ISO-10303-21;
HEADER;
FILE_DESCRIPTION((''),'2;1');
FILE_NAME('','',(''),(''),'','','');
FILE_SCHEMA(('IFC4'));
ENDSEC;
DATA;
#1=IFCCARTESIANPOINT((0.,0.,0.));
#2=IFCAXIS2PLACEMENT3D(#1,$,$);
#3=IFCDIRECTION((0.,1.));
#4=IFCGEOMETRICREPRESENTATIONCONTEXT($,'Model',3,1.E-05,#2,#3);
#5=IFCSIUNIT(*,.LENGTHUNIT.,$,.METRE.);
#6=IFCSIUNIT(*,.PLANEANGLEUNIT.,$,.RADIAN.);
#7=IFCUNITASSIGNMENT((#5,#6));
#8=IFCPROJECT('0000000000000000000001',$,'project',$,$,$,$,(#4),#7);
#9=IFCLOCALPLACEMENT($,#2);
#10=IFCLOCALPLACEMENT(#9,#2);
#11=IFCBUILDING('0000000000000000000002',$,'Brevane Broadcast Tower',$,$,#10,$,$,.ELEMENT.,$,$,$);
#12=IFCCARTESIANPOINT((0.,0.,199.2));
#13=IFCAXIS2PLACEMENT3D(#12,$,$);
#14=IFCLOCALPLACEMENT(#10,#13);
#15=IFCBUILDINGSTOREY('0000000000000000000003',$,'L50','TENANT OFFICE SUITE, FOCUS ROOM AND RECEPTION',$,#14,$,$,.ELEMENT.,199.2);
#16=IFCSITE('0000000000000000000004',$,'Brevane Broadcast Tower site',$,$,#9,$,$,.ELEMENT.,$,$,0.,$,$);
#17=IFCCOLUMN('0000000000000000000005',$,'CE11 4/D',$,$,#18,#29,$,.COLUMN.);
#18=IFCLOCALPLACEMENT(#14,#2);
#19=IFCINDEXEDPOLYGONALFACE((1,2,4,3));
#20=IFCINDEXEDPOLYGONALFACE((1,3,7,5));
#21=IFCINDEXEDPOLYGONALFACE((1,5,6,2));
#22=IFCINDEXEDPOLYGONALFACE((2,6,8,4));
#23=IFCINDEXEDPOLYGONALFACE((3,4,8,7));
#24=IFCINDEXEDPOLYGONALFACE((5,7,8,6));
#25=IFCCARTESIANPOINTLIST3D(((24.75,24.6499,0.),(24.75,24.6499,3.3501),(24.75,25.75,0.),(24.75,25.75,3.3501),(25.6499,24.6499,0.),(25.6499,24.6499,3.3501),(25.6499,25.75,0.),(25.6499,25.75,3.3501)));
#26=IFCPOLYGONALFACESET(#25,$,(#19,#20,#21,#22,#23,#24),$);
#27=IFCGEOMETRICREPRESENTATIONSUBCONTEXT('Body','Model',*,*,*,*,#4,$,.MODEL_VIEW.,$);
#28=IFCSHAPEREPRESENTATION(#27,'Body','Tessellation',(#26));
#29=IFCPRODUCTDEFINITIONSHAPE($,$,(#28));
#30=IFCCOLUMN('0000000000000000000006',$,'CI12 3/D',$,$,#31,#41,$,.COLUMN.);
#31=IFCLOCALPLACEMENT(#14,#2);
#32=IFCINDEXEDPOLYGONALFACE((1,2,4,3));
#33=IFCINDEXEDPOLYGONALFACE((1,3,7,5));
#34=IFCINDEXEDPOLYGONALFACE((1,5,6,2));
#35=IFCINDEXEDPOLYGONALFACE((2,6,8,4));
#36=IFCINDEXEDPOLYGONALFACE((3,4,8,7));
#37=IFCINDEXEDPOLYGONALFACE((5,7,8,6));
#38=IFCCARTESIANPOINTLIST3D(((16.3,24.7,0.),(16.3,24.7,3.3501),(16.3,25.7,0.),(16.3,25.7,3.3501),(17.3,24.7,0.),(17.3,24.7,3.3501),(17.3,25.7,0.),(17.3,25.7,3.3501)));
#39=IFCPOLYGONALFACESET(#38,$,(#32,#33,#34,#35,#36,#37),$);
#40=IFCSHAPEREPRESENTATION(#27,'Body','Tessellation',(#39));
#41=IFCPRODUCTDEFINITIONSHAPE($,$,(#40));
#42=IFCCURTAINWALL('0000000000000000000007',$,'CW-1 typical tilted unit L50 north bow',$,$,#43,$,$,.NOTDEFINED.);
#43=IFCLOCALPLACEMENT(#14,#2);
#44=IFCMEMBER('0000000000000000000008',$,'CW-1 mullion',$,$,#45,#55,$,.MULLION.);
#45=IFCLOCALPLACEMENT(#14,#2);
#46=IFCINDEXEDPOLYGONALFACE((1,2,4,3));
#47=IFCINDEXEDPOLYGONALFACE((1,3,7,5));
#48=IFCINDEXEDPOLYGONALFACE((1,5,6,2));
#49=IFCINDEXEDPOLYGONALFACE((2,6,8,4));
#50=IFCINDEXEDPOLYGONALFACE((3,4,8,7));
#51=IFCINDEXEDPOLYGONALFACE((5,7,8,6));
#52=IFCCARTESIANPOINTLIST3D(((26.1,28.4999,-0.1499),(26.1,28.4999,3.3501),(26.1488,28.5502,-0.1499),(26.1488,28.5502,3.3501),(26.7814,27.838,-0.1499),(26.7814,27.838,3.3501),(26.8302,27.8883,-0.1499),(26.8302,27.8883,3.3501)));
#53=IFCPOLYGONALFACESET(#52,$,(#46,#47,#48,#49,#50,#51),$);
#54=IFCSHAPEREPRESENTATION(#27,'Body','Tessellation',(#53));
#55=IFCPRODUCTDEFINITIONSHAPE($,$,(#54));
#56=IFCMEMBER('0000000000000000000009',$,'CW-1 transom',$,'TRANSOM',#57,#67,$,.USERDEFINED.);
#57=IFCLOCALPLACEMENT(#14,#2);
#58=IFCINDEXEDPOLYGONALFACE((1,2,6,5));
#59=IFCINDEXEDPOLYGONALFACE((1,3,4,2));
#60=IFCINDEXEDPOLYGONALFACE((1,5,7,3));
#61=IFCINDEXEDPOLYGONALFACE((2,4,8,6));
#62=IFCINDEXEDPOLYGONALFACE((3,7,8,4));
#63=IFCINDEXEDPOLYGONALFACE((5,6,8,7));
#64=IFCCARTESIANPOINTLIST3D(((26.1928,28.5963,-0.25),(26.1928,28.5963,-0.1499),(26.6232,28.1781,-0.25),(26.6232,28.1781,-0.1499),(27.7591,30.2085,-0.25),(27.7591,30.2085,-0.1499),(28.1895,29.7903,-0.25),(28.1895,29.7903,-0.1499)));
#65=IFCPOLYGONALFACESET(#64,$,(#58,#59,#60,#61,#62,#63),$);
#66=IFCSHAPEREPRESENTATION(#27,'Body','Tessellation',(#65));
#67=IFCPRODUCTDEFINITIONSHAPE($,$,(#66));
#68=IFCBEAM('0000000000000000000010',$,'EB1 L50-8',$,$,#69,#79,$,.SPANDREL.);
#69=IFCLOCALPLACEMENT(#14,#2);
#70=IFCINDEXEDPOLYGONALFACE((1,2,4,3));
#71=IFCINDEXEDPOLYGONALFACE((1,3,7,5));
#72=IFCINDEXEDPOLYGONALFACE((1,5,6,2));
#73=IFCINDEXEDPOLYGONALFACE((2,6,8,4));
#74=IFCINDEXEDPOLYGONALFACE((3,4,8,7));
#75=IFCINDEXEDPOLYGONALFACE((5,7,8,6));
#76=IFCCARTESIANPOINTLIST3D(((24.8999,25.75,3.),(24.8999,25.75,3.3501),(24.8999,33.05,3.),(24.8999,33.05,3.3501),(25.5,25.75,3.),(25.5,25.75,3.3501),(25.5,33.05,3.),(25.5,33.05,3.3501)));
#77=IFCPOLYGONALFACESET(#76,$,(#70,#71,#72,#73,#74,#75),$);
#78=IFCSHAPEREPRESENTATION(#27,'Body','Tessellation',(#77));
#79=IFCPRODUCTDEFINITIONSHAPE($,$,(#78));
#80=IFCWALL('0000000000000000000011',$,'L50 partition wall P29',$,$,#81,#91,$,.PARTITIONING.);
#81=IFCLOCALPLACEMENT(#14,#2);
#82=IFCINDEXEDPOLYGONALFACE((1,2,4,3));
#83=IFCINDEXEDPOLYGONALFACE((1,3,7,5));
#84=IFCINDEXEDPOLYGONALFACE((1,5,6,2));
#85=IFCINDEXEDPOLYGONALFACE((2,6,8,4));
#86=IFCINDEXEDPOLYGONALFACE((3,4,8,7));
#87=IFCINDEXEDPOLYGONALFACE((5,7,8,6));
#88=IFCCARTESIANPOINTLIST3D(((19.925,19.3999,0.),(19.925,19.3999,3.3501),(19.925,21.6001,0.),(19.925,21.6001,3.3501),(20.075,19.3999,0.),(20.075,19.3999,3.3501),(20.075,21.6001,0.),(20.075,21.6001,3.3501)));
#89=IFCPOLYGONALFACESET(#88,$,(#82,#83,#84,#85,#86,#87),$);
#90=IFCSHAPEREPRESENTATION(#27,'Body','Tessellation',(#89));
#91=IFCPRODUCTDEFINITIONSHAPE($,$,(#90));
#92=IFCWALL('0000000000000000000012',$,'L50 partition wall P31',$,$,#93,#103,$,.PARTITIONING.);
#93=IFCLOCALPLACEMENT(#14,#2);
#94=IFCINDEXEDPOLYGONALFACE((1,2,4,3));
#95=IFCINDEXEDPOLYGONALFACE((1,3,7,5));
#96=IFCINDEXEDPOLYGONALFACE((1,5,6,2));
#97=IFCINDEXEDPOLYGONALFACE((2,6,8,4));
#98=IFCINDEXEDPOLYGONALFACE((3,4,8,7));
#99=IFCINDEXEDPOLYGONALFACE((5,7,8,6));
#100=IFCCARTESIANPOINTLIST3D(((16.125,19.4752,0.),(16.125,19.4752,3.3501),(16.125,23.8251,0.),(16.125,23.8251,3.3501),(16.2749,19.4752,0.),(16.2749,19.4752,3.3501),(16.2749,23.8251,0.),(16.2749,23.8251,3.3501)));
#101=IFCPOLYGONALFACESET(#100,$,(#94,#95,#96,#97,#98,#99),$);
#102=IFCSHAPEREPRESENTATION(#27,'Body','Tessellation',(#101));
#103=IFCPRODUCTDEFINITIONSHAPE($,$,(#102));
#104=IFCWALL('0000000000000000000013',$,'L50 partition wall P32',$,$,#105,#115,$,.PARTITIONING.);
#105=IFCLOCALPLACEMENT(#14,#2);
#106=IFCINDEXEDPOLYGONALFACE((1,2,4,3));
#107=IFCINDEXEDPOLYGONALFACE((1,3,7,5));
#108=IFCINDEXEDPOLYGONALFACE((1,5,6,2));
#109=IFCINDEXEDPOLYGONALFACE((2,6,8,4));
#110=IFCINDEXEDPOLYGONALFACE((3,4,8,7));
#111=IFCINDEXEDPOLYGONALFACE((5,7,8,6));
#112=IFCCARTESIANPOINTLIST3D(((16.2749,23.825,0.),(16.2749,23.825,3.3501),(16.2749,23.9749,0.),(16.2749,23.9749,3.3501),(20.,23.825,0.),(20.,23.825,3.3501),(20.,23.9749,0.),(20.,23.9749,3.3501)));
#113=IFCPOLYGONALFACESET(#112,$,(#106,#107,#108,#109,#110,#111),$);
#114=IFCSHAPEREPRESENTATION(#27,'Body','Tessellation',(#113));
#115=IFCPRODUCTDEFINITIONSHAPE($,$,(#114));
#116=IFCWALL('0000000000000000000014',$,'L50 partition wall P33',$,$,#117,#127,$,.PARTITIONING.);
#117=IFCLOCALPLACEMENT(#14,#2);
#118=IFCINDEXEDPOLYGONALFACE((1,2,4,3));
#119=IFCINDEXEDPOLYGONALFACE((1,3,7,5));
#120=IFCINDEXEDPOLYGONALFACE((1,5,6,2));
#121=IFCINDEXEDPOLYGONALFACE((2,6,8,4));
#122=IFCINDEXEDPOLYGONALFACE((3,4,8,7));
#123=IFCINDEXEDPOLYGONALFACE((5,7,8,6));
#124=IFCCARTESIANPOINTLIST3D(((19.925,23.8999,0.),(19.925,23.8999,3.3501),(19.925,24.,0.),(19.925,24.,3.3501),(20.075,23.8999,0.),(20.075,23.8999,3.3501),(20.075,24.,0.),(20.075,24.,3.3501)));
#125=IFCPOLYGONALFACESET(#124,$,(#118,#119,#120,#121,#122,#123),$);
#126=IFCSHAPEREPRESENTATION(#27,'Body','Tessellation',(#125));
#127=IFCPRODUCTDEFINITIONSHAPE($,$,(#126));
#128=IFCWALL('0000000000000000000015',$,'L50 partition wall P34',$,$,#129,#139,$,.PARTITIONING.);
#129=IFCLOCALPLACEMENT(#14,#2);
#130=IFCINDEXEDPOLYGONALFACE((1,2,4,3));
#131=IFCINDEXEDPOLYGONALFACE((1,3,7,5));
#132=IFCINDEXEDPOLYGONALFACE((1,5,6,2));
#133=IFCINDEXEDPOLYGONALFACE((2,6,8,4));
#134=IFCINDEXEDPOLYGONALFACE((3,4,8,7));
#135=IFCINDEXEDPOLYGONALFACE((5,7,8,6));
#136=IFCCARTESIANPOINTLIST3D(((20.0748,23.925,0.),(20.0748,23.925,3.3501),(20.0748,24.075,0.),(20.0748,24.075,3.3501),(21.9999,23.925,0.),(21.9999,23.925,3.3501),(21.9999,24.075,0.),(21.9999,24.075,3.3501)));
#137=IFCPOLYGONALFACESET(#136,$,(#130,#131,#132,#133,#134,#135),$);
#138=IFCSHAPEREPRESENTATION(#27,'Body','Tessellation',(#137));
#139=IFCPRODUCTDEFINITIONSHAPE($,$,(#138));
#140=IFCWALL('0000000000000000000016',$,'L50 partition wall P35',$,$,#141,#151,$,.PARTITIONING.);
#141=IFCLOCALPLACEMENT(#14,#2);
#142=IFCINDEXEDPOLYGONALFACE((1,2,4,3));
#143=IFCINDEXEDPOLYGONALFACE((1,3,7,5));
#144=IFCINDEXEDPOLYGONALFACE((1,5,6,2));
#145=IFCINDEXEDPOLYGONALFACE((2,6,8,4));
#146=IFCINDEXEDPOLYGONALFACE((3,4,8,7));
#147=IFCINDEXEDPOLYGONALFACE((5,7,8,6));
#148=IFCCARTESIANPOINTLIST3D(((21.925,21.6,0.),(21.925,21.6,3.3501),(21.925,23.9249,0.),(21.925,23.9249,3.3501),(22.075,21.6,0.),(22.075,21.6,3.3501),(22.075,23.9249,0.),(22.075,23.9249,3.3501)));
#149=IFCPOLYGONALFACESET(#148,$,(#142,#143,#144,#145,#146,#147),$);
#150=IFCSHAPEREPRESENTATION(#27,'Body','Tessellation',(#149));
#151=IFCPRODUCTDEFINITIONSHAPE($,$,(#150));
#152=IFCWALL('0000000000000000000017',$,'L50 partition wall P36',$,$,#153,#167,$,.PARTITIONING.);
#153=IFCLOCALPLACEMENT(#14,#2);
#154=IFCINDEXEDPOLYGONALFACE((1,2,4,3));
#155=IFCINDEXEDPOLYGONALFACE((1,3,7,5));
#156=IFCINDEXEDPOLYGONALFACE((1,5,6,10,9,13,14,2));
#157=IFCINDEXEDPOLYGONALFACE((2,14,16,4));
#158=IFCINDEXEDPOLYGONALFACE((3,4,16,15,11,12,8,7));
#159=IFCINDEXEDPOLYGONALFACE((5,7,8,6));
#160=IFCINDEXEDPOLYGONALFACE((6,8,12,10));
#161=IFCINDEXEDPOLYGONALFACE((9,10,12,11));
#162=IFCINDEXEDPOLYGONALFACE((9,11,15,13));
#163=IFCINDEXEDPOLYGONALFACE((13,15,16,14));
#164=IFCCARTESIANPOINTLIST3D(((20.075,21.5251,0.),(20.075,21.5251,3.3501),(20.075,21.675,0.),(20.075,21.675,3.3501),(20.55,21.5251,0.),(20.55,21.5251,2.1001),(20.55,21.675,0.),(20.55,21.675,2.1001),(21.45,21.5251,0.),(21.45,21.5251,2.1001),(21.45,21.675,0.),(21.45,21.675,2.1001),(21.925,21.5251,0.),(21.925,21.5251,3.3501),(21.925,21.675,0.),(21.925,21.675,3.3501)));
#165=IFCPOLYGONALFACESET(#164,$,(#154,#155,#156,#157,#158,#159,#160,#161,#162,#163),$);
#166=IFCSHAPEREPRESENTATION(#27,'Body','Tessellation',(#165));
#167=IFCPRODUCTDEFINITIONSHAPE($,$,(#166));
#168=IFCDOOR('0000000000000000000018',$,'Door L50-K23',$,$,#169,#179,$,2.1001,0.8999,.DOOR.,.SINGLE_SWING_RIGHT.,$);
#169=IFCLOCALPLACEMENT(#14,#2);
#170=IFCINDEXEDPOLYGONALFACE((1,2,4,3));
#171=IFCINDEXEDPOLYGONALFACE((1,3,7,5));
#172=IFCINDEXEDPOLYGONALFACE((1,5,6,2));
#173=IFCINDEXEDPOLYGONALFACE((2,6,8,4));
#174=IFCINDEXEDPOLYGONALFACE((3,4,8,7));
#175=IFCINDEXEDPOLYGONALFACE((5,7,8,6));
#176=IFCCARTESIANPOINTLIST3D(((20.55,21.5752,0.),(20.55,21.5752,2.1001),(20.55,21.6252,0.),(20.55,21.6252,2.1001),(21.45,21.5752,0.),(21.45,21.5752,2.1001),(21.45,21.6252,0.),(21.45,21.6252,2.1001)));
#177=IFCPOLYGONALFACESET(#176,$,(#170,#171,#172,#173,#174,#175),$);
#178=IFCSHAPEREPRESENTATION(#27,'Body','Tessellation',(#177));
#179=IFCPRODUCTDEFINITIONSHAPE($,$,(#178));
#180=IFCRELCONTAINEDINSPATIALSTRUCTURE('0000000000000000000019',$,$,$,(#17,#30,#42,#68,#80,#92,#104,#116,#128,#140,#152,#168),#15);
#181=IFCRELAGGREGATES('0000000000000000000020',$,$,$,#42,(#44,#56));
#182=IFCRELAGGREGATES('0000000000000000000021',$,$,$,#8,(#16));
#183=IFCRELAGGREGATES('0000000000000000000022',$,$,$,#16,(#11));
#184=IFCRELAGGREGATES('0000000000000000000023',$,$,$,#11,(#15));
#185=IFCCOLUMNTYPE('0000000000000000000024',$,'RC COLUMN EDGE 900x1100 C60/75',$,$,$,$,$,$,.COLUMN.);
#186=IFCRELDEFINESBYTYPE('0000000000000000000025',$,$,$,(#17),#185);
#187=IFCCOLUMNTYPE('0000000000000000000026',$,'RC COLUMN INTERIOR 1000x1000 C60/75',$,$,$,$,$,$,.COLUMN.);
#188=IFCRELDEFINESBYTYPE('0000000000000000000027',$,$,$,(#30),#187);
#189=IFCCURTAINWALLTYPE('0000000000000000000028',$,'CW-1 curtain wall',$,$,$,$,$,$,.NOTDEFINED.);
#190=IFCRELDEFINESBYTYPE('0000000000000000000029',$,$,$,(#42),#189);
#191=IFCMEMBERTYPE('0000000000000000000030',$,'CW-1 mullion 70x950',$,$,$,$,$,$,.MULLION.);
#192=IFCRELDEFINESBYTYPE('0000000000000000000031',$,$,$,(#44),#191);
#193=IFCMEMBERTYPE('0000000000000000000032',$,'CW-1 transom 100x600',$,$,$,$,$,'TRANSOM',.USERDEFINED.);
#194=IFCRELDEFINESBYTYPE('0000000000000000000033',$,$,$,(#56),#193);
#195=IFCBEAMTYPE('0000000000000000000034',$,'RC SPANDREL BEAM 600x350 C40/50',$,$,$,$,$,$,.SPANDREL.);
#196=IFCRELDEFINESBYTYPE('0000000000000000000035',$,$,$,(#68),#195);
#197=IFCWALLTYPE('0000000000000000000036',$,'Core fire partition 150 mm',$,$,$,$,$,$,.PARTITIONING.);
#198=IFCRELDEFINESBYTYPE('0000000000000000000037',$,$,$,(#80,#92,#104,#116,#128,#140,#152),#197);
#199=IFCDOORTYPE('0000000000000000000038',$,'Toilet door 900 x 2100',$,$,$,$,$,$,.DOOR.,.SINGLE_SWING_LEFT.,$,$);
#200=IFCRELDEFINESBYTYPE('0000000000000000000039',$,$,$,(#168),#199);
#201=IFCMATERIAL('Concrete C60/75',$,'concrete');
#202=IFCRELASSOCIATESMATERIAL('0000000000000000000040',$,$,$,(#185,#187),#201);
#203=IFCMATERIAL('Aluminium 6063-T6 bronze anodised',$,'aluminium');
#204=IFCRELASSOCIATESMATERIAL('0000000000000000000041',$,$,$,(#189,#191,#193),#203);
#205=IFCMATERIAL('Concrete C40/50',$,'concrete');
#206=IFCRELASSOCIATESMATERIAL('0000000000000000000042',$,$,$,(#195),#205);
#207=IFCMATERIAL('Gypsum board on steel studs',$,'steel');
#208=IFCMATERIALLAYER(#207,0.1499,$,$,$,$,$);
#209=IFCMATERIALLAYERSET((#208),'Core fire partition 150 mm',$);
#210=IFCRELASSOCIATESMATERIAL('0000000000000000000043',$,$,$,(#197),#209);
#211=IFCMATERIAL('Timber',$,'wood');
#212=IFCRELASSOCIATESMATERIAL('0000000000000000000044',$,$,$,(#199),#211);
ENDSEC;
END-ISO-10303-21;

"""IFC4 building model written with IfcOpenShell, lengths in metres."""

from ifc_helpers import new_model, si_unit, direction, frame, frame_2d, origin, origin_2d, place, context, subcontext, project, spatial, rectangle, extrude, material, layer, layer_set, material_profile, profile_set, type_object, element, fill, aggregate, save


model = new_model("IFC4")

# Units and contexts
model_context = context("Model", 3, precision=1e-05, world=origin(), true_north=direction((0.0, 1.0)))
body_context = subcontext(model_context, "Body", "Model", "MODEL_VIEW")
ifc_project = project(units=[si_unit("LENGTHUNIT", "METRE"), si_unit("PLANEANGLEUNIT", "RADIAN")], contexts=[model_context])

# Site, building, storey
site_placement = place(None, origin())
site = spatial("IfcSite", under=ifc_project, at=site_placement, Name="Brevane Broadcast Tower site", CompositionType="ELEMENT", RefElevation=0.0)
building_placement = place(site_placement, origin())
building = spatial("IfcBuilding", under=site, at=building_placement, Name="Brevane Broadcast Tower", CompositionType="ELEMENT")
storey_placement = place(building_placement, frame((0.0, 0.0, 199.2)))
storey = spatial("IfcBuildingStorey", under=building, at=storey_placement, Name="L50", Description="TENANT OFFICE SUITE, FOCUS ROOM AND RECEPTION", CompositionType="ELEMENT", Elevation=199.2)

# Columns
ifc_material_1 = material(Name="Concrete C60/75", Category="concrete")
ifc_material_profile_1 = material_profile(ifc_material_1, rectangle(XDim=0.8999, YDim=1.1001, at=origin_2d()), Name="RC 900x1100")
ifc_profile_set_1 = profile_set([ifc_material_profile_1], Name="Concrete C60/75")
column_type_1 = type_object("IfcColumnType", Name="RC COLUMN EDGE 900x1100 C60/75", PredefinedType="COLUMN", material=ifc_profile_set_1)
column_1_placement = place(storey_placement, frame((25.2, 25.2, 0.0), z_axis=(0.0, 0.0, 1.0), x_axis=(1.0, 0.0, 0.0)))
element("IfcColumn", 1, at=column_1_placement, inside=storey, type_object=column_type_1, Name="CE11 4/D", PredefinedType="COLUMN", context=body_context, shape_type="SweptSolid", body=[
    extrude(rectangle(XDim=0.8999, YDim=1.1001, at=origin_2d()), origin(), (0.0, 0.0, 1.0), 3.3501),
])
ifc_material_profile_2 = material_profile(ifc_material_1, rectangle(XDim=1.0, YDim=1.0, at=origin_2d()), Name="RC 1000x1000")
ifc_profile_set_2 = profile_set([ifc_material_profile_2], Name="Concrete C60/75")
column_type_2 = type_object("IfcColumnType", Name="RC COLUMN INTERIOR 1000x1000 C60/75", PredefinedType="COLUMN", material=ifc_profile_set_2)
column_2_placement = place(storey_placement, frame((16.8, 25.2, 0.0), z_axis=(0.0, 0.0, 1.0), x_axis=(1.0, 0.0, 0.0)))
element("IfcColumn", 2, at=column_2_placement, inside=storey, type_object=column_type_2, Name="CI12 3/D", PredefinedType="COLUMN", context=body_context, shape_type="SweptSolid", body=[
    extrude(rectangle(XDim=1.0, YDim=1.0, at=origin_2d()), origin(), (0.0, 0.0, 1.0), 3.3501),
])

# Curtain wall, members
ifc_material_2 = material(Name="Aluminium 6063-T6 bronze anodised", Category="aluminium")
curtain_wall_type = type_object("IfcCurtainWallType", Name="CW-1 curtain wall", PredefinedType="NOTDEFINED", material=ifc_material_2)
curtain_wall_placement = place(storey_placement, origin())
curtain_wall = element("IfcCurtainWall", 3, at=curtain_wall_placement, inside=storey, type_object=curtain_wall_type, Name="CW-1 typical tilted unit L50 north bow", PredefinedType="NOTDEFINED")
ifc_material_profile_3 = material_profile(ifc_material_2, rectangle(XDim=0.95, YDim=0.0701, at=origin_2d()), Name="RECT 70x950")
ifc_profile_set_3 = profile_set([ifc_material_profile_3], Name="Aluminium 6063-T6 bronze anodised")
member_type_1 = type_object("IfcMemberType", Name="CW-1 mullion 70x950", PredefinedType="MULLION", material=ifc_profile_set_3)
member_1_placement = place(storey_placement, frame((26.4651, 28.1941, -0.1499), z_axis=(0.0, 0.0, 1.0), x_axis=(-0.717254, 0.696812, 0.0)))
member_1 = element("IfcMember", 4, at=member_1_placement, type_object=member_type_1, Name="CW-1 mullion", PredefinedType="MULLION", context=body_context, shape_type="SweptSolid", body=[
    extrude(rectangle(XDim=0.95, YDim=0.0701, at=origin_2d()), origin(), (0.0, 0.0, 1.0), 3.5),
])
ifc_material_profile_4 = material_profile(ifc_material_2, rectangle(XDim=0.6001, YDim=0.1001, at=origin_2d()), Name="RECT 100x600")
ifc_profile_set_4 = profile_set([ifc_material_profile_4], Name="Aluminium 6063-T6 bronze anodised")
member_type_2 = type_object("IfcMemberType", Name="CW-1 transom 100x600", ElementType="TRANSOM", PredefinedType="USERDEFINED", material=ifc_profile_set_4)
member_2_placement = place(storey_placement, frame((26.408, 28.3872, -0.2), z_axis=(0.696824, 0.717242, 0.0), x_axis=(-0.717242, 0.696824, 0.0)))
member_2 = element("IfcMember", 5, at=member_2_placement, type_object=member_type_2, Name="CW-1 transom", ObjectType="TRANSOM", PredefinedType="USERDEFINED", context=body_context, shape_type="SweptSolid", body=[
    extrude(rectangle(XDim=0.6001, YDim=0.1001, at=origin_2d()), origin(), (0.0, 0.0, 1.0), 2.2478),
])
aggregate(curtain_wall, [member_1, member_2])

# Beam
ifc_material_3 = material(Name="Concrete C40/50", Category="concrete")
ifc_material_profile_5 = material_profile(ifc_material_3, rectangle(XDim=0.6001, YDim=0.3501, at=origin_2d()), Name="RC 600x350")
ifc_profile_set_5 = profile_set([ifc_material_profile_5], Name="Concrete C40/50")
beam_type = type_object("IfcBeamType", Name="RC SPANDREL BEAM 600x350 C40/50", PredefinedType="SPANDREL", material=ifc_profile_set_5)
beam_placement = place(storey_placement, frame((25.2, 25.75, 3.175), z_axis=(0.0, 1.0, 0.0), x_axis=(-1.0, 0.0, 0.0)))
element("IfcBeam", 6, at=beam_placement, inside=storey, type_object=beam_type, Name="EB1 L50-8", PredefinedType="SPANDREL", context=body_context, shape_type="SweptSolid", body=[
    extrude(rectangle(XDim=0.6001, YDim=0.3501, at=origin_2d()), origin(), (0.0, 0.0, 1.0), 7.3),
])

# Walls
ifc_material_4 = material(Name="Gypsum board on steel studs", Category="steel")
ifc_layer_1 = layer(ifc_material_4, 0.1499)
ifc_layer_set_1 = layer_set([ifc_layer_1], Name="Core fire partition 150 mm")
wall_type_1 = type_object("IfcWallType", Name="Core fire partition 150 mm", PredefinedType="PARTITIONING", material=ifc_layer_set_1)
wall_1_placement = place(storey_placement, frame((20.0, 21.6001, 0.0), z_axis=(0.0, 0.0, 1.0), x_axis=(0.0, -1.0, 0.0)))
element("IfcWall", 7, at=wall_1_placement, inside=storey, type_object=wall_type_1, Name="L50 partition wall P29", PredefinedType="PARTITIONING", context=body_context, shape_type="SweptSolid", body=[
    extrude(rectangle(XDim=2.2002, YDim=0.1499, at=frame_2d((1.1001, 0.0))), origin(), (0.0, 0.0, 1.0), 3.3501),
])
wall_2_placement = place(storey_placement, frame((16.2, 23.825, 0.0), z_axis=(0.0, 0.0, 1.0), x_axis=(0.0, -1.0, 0.0)))
element("IfcWall", 8, at=wall_2_placement, inside=storey, type_object=wall_type_1, Name="L50 partition wall P31", PredefinedType="PARTITIONING", context=body_context, shape_type="SweptSolid", body=[
    extrude(rectangle(XDim=4.3499, YDim=0.1499, at=frame_2d((2.1748, 0.0))), origin(), (0.0, 0.0, 1.0), 3.3501),
])
wall_3_placement = place(storey_placement, frame((16.2749, 23.8999, 0.0), z_axis=(0.0, 0.0, 1.0), x_axis=(1.0, 0.0, 0.0)))
element("IfcWall", 9, at=wall_3_placement, inside=storey, type_object=wall_type_1, Name="L50 partition wall P32", PredefinedType="PARTITIONING", context=body_context, shape_type="SweptSolid", body=[
    extrude(rectangle(XDim=3.7251, YDim=0.1499, at=frame_2d((1.8625, 0.0))), origin(), (0.0, 0.0, 1.0), 3.3501),
])
wall_4_placement = place(storey_placement, frame((20.0, 23.8999, 0.0), z_axis=(0.0, 0.0, 1.0), x_axis=(0.0, 1.0, 0.0)))
element("IfcWall", 10, at=wall_4_placement, inside=storey, type_object=wall_type_1, Name="L50 partition wall P33", PredefinedType="PARTITIONING", context=body_context, shape_type="SweptSolid", body=[
    extrude(rectangle(XDim=0.1001, YDim=0.1499, at=frame_2d((0.05, 0.0))), origin(), (0.0, 0.0, 1.0), 3.3501),
])
wall_5_placement = place(storey_placement, frame((20.075, 24.0, 0.0), z_axis=(0.0, 0.0, 1.0), x_axis=(1.0, 0.0, 0.0)))
element("IfcWall", 11, at=wall_5_placement, inside=storey, type_object=wall_type_1, Name="L50 partition wall P34", PredefinedType="PARTITIONING", context=body_context, shape_type="SweptSolid", body=[
    extrude(rectangle(XDim=1.925, YDim=0.1499, at=frame_2d((0.9624, 0.0))), origin(), (0.0, 0.0, 1.0), 3.3501),
])
wall_6_placement = place(storey_placement, frame((22.0, 23.925, 0.0), z_axis=(0.0, 0.0, 1.0), x_axis=(0.0, -1.0, 0.0)))
element("IfcWall", 12, at=wall_6_placement, inside=storey, type_object=wall_type_1, Name="L50 partition wall P35", PredefinedType="PARTITIONING", context=body_context, shape_type="SweptSolid", body=[
    extrude(rectangle(XDim=2.325, YDim=0.1499, at=frame_2d((1.1626, 0.0))), origin(), (0.0, 0.0, 1.0), 3.3501),
])

# Wall, opening, door
wall_7_placement = place(storey_placement, frame((21.925, 21.6001, 0.0), z_axis=(0.0, 0.0, 1.0), x_axis=(-1.0, 0.0, 0.0)))
wall_7 = element("IfcWall", 13, at=wall_7_placement, inside=storey, type_object=wall_type_1, Name="L50 partition wall P36", PredefinedType="PARTITIONING", context=body_context, shape_type="SweptSolid", body=[
    extrude(rectangle(XDim=1.8501, YDim=0.1499, at=frame_2d((0.925, 0.0))), origin(), (0.0, 0.0, 1.0), 3.3501),
])
opening_placement = place(wall_7_placement, frame((0.4751, 0.0, 0.0)))
opening = element("IfcOpeningElement", 14, at=opening_placement, cuts=wall_7, PredefinedType="OPENING", context=body_context, shape_type="SweptSolid", body=[
    extrude(rectangle(XDim=0.8999, YDim=2.1001, at=frame_2d((0.45, 1.05))), frame((0.0, 0.085, 0.0), z_axis=(0.0, -1.0, 0.0), x_axis=(1.0, 0.0, 0.0)), (0.0, 0.0, 1.0), 0.1699),
])
ifc_material_5 = material(Name="Timber", Category="wood")
door_type = type_object("IfcDoorType", Name="Toilet door 900 x 2100", OperationType="SINGLE_SWING_LEFT", PredefinedType="DOOR", material=ifc_material_5)
door_placement = place(opening_placement, origin())
door = element("IfcDoor", 15, at=door_placement, inside=storey, type_object=door_type, Name="Door L50-K23", OperationType="SINGLE_SWING_RIGHT", OverallHeight=2.1001, OverallWidth=0.8999, PredefinedType="DOOR", context=body_context, shape_type="SweptSolid", body=[
    extrude(rectangle(XDim=0.8999, YDim=2.1001, at=frame_2d((0.45, 1.05))), frame((0.0, 0.0249, 0.0), z_axis=(0.0, -1.0, 0.0), x_axis=(1.0, 0.0, 0.0)), (0.0, 0.0, 1.0), 0.05),
])
fill(opening, door)

save(model, "model.ifc")
